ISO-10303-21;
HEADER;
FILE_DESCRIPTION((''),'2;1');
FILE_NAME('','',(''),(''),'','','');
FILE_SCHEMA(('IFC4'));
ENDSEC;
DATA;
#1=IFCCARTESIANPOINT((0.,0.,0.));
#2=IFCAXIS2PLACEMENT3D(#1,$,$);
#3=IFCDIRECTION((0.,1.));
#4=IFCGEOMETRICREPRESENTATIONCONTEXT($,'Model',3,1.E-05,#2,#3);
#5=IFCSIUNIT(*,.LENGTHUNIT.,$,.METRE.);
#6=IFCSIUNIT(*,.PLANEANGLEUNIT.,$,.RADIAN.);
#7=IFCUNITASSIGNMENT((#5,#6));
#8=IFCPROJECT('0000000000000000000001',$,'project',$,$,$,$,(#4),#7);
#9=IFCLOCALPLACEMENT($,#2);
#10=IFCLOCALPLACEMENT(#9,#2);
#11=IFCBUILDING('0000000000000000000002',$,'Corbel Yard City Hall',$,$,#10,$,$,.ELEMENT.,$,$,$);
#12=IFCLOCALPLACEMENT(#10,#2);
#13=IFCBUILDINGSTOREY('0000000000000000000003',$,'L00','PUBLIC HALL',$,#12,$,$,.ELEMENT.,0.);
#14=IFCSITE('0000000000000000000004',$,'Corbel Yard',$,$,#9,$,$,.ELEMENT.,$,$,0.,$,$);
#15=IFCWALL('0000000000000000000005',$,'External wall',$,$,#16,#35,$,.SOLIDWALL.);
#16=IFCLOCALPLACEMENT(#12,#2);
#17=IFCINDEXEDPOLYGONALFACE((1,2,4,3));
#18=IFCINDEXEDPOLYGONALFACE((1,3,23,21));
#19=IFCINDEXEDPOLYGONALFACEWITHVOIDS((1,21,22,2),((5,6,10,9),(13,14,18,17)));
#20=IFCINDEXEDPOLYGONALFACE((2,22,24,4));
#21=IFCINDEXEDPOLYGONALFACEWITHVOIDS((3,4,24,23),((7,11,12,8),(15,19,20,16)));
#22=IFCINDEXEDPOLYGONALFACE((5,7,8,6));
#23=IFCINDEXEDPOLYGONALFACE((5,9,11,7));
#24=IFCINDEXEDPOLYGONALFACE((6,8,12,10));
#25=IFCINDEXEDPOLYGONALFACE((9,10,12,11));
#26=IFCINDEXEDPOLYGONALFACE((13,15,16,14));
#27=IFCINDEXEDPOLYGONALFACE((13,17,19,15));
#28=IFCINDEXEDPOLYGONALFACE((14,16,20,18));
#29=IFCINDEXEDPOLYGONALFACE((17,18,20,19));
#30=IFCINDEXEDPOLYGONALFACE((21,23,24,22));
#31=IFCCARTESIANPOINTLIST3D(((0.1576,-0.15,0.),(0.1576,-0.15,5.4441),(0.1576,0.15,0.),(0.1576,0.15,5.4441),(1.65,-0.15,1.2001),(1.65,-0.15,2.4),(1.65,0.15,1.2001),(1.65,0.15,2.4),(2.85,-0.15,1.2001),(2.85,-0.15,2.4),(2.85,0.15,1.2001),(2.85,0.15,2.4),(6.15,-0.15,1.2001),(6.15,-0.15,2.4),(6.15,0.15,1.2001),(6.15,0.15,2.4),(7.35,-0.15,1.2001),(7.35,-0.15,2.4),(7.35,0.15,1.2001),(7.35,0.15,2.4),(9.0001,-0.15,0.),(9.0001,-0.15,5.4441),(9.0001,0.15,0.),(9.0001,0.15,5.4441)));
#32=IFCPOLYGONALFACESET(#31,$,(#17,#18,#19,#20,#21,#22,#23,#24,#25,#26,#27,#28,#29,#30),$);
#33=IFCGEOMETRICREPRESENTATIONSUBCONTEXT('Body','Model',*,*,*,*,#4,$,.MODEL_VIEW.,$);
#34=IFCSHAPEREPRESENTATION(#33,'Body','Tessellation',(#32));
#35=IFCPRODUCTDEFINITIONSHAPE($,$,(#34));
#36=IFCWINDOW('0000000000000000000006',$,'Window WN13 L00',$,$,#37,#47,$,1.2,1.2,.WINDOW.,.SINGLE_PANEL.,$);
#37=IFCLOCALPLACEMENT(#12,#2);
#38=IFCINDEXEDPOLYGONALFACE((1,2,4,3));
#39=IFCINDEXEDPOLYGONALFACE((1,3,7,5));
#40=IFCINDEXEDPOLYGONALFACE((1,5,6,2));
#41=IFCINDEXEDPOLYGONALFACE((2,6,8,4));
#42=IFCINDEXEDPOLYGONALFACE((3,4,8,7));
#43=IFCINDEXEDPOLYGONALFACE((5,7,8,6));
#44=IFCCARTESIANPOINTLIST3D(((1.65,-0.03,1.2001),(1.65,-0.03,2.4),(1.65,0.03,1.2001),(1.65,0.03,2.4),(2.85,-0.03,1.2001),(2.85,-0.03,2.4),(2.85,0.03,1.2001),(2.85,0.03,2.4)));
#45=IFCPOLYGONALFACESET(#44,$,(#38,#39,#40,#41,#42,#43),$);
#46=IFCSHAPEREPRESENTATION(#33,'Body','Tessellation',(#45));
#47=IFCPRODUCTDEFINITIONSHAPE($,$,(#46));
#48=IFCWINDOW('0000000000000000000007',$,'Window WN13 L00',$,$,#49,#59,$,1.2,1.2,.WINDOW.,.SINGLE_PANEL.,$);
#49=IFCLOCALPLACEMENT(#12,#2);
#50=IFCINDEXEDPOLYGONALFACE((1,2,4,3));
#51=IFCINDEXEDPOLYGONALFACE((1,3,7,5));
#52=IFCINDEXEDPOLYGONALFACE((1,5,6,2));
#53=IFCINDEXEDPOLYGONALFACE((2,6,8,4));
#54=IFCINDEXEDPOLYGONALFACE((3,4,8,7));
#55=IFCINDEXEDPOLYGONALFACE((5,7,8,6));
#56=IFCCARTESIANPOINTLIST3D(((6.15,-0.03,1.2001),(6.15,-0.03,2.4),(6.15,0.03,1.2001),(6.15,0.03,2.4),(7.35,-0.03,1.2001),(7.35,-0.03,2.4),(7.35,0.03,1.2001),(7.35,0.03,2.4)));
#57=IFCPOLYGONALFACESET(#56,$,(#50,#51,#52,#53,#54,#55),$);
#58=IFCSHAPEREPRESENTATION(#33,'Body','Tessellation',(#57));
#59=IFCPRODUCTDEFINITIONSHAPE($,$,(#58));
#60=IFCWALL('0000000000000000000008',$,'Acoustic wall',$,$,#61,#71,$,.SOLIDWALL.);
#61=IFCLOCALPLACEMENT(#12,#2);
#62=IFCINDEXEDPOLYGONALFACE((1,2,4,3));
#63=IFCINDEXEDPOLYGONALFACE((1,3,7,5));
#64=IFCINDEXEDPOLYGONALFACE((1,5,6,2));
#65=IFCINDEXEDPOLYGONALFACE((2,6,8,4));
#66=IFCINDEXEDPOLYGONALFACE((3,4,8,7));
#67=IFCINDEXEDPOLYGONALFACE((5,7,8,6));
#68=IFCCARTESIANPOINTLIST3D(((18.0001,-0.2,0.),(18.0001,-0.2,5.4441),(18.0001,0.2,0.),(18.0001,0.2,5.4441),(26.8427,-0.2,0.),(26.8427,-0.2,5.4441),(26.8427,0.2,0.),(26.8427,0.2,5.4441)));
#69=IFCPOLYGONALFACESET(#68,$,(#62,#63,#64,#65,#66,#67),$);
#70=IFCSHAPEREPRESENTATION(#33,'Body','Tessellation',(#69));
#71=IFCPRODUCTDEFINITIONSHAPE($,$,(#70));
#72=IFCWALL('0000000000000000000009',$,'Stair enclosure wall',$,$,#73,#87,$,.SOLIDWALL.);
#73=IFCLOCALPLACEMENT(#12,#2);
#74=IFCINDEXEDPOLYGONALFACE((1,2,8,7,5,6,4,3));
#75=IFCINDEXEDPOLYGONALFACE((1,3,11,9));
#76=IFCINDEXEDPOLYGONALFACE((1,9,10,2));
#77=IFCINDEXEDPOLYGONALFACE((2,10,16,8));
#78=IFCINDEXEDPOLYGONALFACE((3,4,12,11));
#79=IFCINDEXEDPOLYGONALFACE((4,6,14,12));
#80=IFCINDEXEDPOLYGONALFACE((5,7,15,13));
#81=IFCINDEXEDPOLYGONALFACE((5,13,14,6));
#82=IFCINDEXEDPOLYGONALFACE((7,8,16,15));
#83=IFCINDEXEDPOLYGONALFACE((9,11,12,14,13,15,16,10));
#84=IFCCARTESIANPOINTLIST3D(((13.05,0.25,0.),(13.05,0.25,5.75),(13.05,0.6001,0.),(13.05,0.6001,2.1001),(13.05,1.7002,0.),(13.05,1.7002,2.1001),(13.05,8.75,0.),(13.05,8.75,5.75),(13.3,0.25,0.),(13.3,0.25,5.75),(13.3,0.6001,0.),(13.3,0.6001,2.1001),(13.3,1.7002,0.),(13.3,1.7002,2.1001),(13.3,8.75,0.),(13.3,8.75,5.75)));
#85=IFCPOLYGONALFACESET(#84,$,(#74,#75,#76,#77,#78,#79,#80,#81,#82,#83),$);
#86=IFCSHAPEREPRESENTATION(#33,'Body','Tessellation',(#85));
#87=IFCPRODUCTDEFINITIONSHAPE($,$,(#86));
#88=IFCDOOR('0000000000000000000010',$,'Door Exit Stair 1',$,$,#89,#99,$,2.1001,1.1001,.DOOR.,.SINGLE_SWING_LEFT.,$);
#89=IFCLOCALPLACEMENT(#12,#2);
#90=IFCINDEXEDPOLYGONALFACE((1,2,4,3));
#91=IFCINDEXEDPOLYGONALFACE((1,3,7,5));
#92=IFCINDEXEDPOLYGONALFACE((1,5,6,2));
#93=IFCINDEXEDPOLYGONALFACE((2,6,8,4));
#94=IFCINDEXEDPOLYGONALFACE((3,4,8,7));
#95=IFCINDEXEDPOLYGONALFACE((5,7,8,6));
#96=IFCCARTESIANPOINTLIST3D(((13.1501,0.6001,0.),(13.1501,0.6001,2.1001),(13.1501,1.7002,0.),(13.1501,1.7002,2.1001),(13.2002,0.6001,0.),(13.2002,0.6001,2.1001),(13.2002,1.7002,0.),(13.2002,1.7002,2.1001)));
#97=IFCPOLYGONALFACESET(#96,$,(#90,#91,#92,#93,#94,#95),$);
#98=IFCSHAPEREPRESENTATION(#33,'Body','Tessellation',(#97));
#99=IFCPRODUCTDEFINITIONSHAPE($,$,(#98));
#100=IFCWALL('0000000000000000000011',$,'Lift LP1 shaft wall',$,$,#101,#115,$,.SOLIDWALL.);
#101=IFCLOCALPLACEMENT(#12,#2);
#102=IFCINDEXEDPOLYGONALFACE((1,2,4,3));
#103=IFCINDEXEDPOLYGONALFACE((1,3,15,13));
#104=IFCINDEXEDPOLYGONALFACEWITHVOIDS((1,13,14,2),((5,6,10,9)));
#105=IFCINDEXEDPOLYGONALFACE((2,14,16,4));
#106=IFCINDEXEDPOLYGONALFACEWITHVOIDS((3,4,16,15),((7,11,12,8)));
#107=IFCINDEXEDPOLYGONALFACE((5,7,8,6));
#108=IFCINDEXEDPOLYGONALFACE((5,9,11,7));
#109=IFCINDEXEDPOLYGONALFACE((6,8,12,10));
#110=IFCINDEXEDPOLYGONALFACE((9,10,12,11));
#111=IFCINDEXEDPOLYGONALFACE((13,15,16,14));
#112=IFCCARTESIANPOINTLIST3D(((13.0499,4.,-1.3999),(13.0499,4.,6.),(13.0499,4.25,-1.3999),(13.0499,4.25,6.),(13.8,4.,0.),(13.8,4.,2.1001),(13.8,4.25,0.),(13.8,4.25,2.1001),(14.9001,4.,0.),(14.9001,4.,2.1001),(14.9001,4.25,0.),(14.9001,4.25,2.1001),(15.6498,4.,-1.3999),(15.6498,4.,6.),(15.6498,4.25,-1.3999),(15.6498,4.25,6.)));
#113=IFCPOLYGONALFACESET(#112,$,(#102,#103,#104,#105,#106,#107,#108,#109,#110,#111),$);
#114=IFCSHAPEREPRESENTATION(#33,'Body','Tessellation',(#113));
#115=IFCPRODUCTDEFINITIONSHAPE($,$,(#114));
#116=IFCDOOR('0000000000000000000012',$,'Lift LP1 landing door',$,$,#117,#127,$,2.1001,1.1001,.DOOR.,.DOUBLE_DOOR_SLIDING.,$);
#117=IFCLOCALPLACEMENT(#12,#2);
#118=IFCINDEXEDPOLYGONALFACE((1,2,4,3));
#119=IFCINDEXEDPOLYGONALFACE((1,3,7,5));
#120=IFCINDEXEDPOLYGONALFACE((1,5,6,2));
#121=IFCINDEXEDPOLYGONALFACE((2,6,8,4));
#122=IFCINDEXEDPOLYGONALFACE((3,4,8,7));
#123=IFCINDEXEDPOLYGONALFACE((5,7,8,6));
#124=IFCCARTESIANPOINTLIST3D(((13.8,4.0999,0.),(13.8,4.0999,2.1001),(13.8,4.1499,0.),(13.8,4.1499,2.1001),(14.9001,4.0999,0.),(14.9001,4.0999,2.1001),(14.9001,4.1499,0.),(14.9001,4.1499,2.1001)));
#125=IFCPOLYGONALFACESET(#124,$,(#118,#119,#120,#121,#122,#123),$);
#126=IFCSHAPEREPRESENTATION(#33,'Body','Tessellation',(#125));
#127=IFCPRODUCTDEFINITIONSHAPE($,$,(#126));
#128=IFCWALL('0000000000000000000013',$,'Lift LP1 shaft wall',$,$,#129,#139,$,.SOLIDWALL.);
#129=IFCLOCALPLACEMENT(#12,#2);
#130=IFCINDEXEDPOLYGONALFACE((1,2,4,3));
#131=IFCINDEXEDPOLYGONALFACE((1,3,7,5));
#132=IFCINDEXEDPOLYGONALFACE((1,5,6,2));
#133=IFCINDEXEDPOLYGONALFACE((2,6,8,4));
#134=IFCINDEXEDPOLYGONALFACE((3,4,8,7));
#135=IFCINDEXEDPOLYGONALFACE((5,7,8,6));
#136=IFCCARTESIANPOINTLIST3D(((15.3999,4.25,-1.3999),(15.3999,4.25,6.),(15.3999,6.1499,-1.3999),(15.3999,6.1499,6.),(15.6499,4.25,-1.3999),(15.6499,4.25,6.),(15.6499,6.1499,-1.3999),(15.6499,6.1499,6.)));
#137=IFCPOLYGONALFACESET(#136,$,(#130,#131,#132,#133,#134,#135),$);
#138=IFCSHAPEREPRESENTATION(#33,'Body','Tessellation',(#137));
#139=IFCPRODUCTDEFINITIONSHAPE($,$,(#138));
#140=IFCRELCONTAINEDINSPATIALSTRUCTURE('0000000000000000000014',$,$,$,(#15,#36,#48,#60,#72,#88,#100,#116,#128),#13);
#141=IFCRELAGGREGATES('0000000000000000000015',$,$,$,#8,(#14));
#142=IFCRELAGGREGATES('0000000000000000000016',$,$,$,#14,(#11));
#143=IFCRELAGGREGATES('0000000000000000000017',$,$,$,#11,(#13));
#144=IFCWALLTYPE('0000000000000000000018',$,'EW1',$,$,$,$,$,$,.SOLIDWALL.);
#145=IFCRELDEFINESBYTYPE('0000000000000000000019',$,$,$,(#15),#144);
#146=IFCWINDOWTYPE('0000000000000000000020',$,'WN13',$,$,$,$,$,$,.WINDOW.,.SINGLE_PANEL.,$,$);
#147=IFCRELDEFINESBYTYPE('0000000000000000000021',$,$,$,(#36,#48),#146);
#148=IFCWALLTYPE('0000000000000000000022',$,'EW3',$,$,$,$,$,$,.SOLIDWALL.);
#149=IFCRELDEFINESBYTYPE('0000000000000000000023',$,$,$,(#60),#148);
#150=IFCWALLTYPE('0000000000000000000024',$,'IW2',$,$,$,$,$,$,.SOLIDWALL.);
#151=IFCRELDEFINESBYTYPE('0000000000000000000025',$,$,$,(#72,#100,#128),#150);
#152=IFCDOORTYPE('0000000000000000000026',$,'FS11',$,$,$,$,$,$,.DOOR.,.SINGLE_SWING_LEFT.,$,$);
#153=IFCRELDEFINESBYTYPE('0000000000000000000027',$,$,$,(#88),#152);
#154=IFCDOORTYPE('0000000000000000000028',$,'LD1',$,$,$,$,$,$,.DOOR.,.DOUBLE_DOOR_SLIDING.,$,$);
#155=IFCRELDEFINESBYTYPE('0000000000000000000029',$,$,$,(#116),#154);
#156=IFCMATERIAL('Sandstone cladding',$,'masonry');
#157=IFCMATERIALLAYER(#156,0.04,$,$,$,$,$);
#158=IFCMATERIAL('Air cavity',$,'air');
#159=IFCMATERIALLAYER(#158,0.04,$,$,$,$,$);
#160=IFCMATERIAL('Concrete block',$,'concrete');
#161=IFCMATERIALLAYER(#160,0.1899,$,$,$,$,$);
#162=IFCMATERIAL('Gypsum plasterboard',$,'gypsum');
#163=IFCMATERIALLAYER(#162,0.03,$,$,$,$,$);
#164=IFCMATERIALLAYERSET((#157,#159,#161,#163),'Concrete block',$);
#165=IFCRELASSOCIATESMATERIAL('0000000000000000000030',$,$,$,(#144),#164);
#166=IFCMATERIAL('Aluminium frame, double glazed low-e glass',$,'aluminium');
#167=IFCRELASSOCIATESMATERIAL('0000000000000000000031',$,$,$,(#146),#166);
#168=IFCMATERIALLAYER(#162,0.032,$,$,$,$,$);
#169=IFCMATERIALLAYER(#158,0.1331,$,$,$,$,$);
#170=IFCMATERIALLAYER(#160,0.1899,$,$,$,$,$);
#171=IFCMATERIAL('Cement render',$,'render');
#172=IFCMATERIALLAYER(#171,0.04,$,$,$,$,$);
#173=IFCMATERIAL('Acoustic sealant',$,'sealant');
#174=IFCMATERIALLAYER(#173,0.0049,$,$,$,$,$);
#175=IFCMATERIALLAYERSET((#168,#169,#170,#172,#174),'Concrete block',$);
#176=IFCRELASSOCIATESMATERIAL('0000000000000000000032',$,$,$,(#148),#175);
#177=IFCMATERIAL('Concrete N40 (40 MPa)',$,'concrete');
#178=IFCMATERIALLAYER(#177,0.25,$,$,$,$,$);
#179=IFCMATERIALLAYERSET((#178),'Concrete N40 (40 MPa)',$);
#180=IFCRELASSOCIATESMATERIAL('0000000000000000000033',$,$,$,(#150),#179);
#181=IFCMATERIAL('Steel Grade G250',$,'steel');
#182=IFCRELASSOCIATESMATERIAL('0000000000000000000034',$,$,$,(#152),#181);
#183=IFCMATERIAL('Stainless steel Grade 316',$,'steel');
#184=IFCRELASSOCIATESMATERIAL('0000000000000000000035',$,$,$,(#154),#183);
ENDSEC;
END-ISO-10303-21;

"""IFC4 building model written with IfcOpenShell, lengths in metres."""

from ifc_helpers import new_model, si_unit, direction, frame, frame_2d, origin, place, context, subcontext, project, spatial, rectangle, extrude, material, layer, layer_set, type_object, element, fill, save


model = new_model("IFC4")

# Units and contexts
model_context = context("Model", 3, precision=1e-05, world=origin(), true_north=direction((0.0, 1.0)))
body_context = subcontext(model_context, "Body", "Model", "MODEL_VIEW")
ifc_project = project(units=[si_unit("LENGTHUNIT", "METRE"), si_unit("PLANEANGLEUNIT", "RADIAN")], contexts=[model_context])

# Site, building, storey
site_placement = place(None, origin())
site = spatial("IfcSite", under=ifc_project, at=site_placement, Name="Corbel Yard", CompositionType="ELEMENT", RefElevation=0.0)
building_placement = place(site_placement, origin())
building = spatial("IfcBuilding", under=site, at=building_placement, Name="Corbel Yard City Hall", CompositionType="ELEMENT")
storey_placement = place(building_placement, origin())
storey = spatial("IfcBuildingStorey", under=building, at=storey_placement, Name="L00", Description="PUBLIC HALL", CompositionType="ELEMENT", Elevation=0.0)

# Shared definitions
ifc_material_1 = material(Name="Concrete N40 (40 MPa)", Category="concrete")

# Wall, openings, windows
ifc_material_2 = material(Name="Sandstone cladding", Category="masonry")
ifc_layer_1 = layer(ifc_material_2, 0.04)
ifc_material_3 = material(Name="Air cavity", Category="air")
ifc_layer_2 = layer(ifc_material_3, 0.04)
ifc_material_4 = material(Name="Concrete block", Category="concrete")
ifc_layer_3 = layer(ifc_material_4, 0.1899)
ifc_material_5 = material(Name="Gypsum plasterboard", Category="gypsum")
ifc_layer_4 = layer(ifc_material_5, 0.03)
ifc_layer_set_1 = layer_set([ifc_layer_1, ifc_layer_2, ifc_layer_3, ifc_layer_4], Name="Concrete block")
wall_type_1 = type_object("IfcWallType", Name="EW1", PredefinedType="SOLIDWALL", material=ifc_layer_set_1)
wall_1_placement = place(storey_placement, frame((0.1575, 0.0, 0.0), z_axis=(0.0, 0.0, 1.0), x_axis=(1.0, 0.0, 0.0)))
wall_1 = element("IfcWall", 1, at=wall_1_placement, inside=storey, type_object=wall_type_1, Name="External wall", PredefinedType="SOLIDWALL", context=body_context, shape_type="SweptSolid", body=[
    extrude(rectangle(XDim=8.8425, YDim=0.3, at=frame_2d((4.4214, 0.0))), origin(), (0.0, 0.0, 1.0), 5.4441),
])
opening_1_placement = place(wall_1_placement, frame((1.4924, 0.0, 1.2)))
opening_1 = element("IfcOpeningElement", 2, at=opening_1_placement, cuts=wall_1, PredefinedType="OPENING", context=body_context, shape_type="SweptSolid", body=[
    extrude(rectangle(XDim=1.2, YDim=1.2, at=frame_2d((0.6001, 0.6001))), frame((0.0, 0.1599, 0.0), z_axis=(0.0, -1.0, 0.0), x_axis=(1.0, 0.0, 0.0)), (0.0, 0.0, 1.0), 0.3201),
])
opening_2_placement = place(wall_1_placement, frame((5.9924, 0.0, 1.2)))
opening_2 = element("IfcOpeningElement", 3, at=opening_2_placement, cuts=wall_1, PredefinedType="OPENING", context=body_context, shape_type="SweptSolid", body=[
    extrude(rectangle(XDim=1.2, YDim=1.2, at=frame_2d((0.6001, 0.6001))), frame((0.0, 0.1599, 0.0), z_axis=(0.0, -1.0, 0.0), x_axis=(1.0, 0.0, 0.0)), (0.0, 0.0, 1.0), 0.3201),
])
ifc_material_6 = material(Name="Aluminium frame, double glazed low-e glass", Category="aluminium")
window_type = type_object("IfcWindowType", Name="WN13", PartitioningType="SINGLE_PANEL", PredefinedType="WINDOW", material=ifc_material_6)
window_1_placement = place(opening_1_placement, origin())
window_1 = element("IfcWindow", 4, at=window_1_placement, inside=storey, type_object=window_type, Name="Window WN13 L00", OverallHeight=1.2, OverallWidth=1.2, PartitioningType="SINGLE_PANEL", PredefinedType="WINDOW", context=body_context, shape_type="SweptSolid", body=[
    extrude(rectangle(XDim=1.2, YDim=1.2, at=frame_2d((0.6001, 0.6001))), frame((0.0, 0.03, 0.0), z_axis=(0.0, -1.0, 0.0), x_axis=(1.0, 0.0, 0.0)), (0.0, 0.0, 1.0), 0.0601),
])
fill(opening_1, window_1)
window_2_placement = place(opening_2_placement, origin())
window_2 = element("IfcWindow", 5, at=window_2_placement, inside=storey, type_object=window_type, Name="Window WN13 L00", OverallHeight=1.2, OverallWidth=1.2, PartitioningType="SINGLE_PANEL", PredefinedType="WINDOW", context=body_context, shape_type="SweptSolid", body=[
    extrude(rectangle(XDim=1.2, YDim=1.2, at=frame_2d((0.6001, 0.6001))), frame((0.0, 0.03, 0.0), z_axis=(0.0, -1.0, 0.0), x_axis=(1.0, 0.0, 0.0)), (0.0, 0.0, 1.0), 0.0601),
])
fill(opening_2, window_2)

# Wall
ifc_layer_5 = layer(ifc_material_5, 0.032)
ifc_layer_6 = layer(ifc_material_3, 0.1331)
ifc_layer_7 = layer(ifc_material_4, 0.1899)
ifc_material_7 = material(Name="Cement render", Category="render")
ifc_layer_8 = layer(ifc_material_7, 0.04)
ifc_material_8 = material(Name="Acoustic sealant", Category="sealant")
ifc_layer_9 = layer(ifc_material_8, 0.0049)
ifc_layer_set_2 = layer_set([ifc_layer_5, ifc_layer_6, ifc_layer_7, ifc_layer_8, ifc_layer_9], Name="Concrete block")
wall_type_2 = type_object("IfcWallType", Name="EW3", PredefinedType="SOLIDWALL", material=ifc_layer_set_2)
wall_2_placement = place(storey_placement, frame((18.0, 0.0, 0.0), z_axis=(0.0, 0.0, 1.0), x_axis=(1.0, 0.0, 0.0)))
element("IfcWall", 6, at=wall_2_placement, inside=storey, type_object=wall_type_2, Name="Acoustic wall", PredefinedType="SOLIDWALL", context=body_context, shape_type="SweptSolid", body=[
    extrude(rectangle(XDim=8.8425, YDim=0.3999, at=frame_2d((4.4214, 0.0))), origin(), (0.0, 0.0, 1.0), 5.4441),
])

# Walls, openings, doors
ifc_layer_10 = layer(ifc_material_1, 0.25)
ifc_layer_set_3 = layer_set([ifc_layer_10], Name="Concrete N40 (40 MPa)")
wall_type_3 = type_object("IfcWallType", Name="IW2", PredefinedType="SOLIDWALL", material=ifc_layer_set_3)
wall_3_placement = place(storey_placement, frame((13.175, 0.25, 0.0), z_axis=(0.0, 0.0, 1.0), x_axis=(0.0, 1.0, 0.0)))
wall_3 = element("IfcWall", 7, at=wall_3_placement, inside=storey, type_object=wall_type_3, Name="Stair enclosure wall", PredefinedType="SOLIDWALL", context=body_context, shape_type="SweptSolid", body=[
    extrude(rectangle(XDim=8.5, YDim=0.25, at=frame_2d((4.25, 0.0))), origin(), (0.0, 0.0, 1.0), 5.75),
])
opening_3_placement = place(wall_3_placement, frame((0.3501, 0.0, 0.0)))
opening_3 = element("IfcOpeningElement", 8, at=opening_3_placement, cuts=wall_3, PredefinedType="OPENING", context=body_context, shape_type="SweptSolid", body=[
    extrude(rectangle(XDim=1.1001, YDim=2.1001, at=frame_2d((0.55, 1.05))), frame((0.0, 0.135, 0.0), z_axis=(0.0, -1.0, 0.0), x_axis=(1.0, 0.0, 0.0)), (0.0, 0.0, 1.0), 0.27),
])
ifc_material_9 = material(Name="Steel Grade G250", Category="steel")
door_type_1 = type_object("IfcDoorType", Name="FS11", OperationType="SINGLE_SWING_LEFT", PredefinedType="DOOR", material=ifc_material_9)
door_1_placement = place(opening_3_placement, origin())
door_1 = element("IfcDoor", 9, at=door_1_placement, inside=storey, type_object=door_type_1, Name="Door Exit Stair 1", OperationType="SINGLE_SWING_LEFT", OverallHeight=2.1001, OverallWidth=1.1001, PredefinedType="DOOR", context=body_context, shape_type="SweptSolid", body=[
    extrude(rectangle(XDim=1.1001, YDim=2.1001, at=frame_2d((0.55, 1.05))), frame((0.0, 0.0249, 0.0), z_axis=(0.0, -1.0, 0.0), x_axis=(1.0, 0.0, 0.0)), (0.0, 0.0, 1.0), 0.05),
])
fill(opening_3, door_1)
wall_4_placement = place(storey_placement, frame((13.05, 4.125, -1.3999), z_axis=(0.0, 0.0, 1.0), x_axis=(1.0, 0.0, 0.0)))
wall_4 = element("IfcWall", 10, at=wall_4_placement, inside=storey, type_object=wall_type_3, Name="Lift LP1 shaft wall", PredefinedType="SOLIDWALL", context=body_context, shape_type="SweptSolid", body=[
    extrude(rectangle(XDim=2.5999, YDim=0.25, at=frame_2d((1.2998, 0.0))), origin(), (0.0, 0.0, 1.0), 7.3999),
])
opening_4_placement = place(wall_4_placement, frame((0.75, 0.0, 1.3999)))
opening_4 = element("IfcOpeningElement", 11, at=opening_4_placement, cuts=wall_4, PredefinedType="OPENING", context=body_context, shape_type="SweptSolid", body=[
    extrude(rectangle(XDim=1.1001, YDim=2.1001, at=frame_2d((0.55, 1.05))), frame((0.0, 0.135, 0.0), z_axis=(0.0, -1.0, 0.0), x_axis=(1.0, 0.0, 0.0)), (0.0, 0.0, 1.0), 0.27),
])
ifc_material_10 = material(Name="Stainless steel Grade 316", Category="steel")
door_type_2 = type_object("IfcDoorType", Name="LD1", OperationType="DOUBLE_DOOR_SLIDING", PredefinedType="DOOR", material=ifc_material_10)
door_2_placement = place(opening_4_placement, origin())
door_2 = element("IfcDoor", 12, at=door_2_placement, inside=storey, type_object=door_type_2, Name="Lift LP1 landing door", OperationType="DOUBLE_DOOR_SLIDING", OverallHeight=2.1001, OverallWidth=1.1001, PredefinedType="DOOR", context=body_context, shape_type="SweptSolid", body=[
    extrude(rectangle(XDim=1.1001, YDim=2.1001, at=frame_2d((0.55, 1.05))), frame((0.0, 0.0249, 0.0), z_axis=(0.0, -1.0, 0.0), x_axis=(1.0, 0.0, 0.0)), (0.0, 0.0, 1.0), 0.05),
])
fill(opening_4, door_2)

# Wall
wall_5_placement = place(storey_placement, frame((15.5249, 4.25, -1.3999), z_axis=(0.0, 0.0, 1.0), x_axis=(0.0, 1.0, 0.0)))
element("IfcWall", 13, at=wall_5_placement, inside=storey, type_object=wall_type_3, Name="Lift LP1 shaft wall", PredefinedType="SOLIDWALL", context=body_context, shape_type="SweptSolid", body=[
    extrude(rectangle(XDim=1.8999, YDim=0.25, at=frame_2d((0.95, 0.0))), origin(), (0.0, 0.0, 1.0), 7.3999),
])

save(model, "model.ifc")
